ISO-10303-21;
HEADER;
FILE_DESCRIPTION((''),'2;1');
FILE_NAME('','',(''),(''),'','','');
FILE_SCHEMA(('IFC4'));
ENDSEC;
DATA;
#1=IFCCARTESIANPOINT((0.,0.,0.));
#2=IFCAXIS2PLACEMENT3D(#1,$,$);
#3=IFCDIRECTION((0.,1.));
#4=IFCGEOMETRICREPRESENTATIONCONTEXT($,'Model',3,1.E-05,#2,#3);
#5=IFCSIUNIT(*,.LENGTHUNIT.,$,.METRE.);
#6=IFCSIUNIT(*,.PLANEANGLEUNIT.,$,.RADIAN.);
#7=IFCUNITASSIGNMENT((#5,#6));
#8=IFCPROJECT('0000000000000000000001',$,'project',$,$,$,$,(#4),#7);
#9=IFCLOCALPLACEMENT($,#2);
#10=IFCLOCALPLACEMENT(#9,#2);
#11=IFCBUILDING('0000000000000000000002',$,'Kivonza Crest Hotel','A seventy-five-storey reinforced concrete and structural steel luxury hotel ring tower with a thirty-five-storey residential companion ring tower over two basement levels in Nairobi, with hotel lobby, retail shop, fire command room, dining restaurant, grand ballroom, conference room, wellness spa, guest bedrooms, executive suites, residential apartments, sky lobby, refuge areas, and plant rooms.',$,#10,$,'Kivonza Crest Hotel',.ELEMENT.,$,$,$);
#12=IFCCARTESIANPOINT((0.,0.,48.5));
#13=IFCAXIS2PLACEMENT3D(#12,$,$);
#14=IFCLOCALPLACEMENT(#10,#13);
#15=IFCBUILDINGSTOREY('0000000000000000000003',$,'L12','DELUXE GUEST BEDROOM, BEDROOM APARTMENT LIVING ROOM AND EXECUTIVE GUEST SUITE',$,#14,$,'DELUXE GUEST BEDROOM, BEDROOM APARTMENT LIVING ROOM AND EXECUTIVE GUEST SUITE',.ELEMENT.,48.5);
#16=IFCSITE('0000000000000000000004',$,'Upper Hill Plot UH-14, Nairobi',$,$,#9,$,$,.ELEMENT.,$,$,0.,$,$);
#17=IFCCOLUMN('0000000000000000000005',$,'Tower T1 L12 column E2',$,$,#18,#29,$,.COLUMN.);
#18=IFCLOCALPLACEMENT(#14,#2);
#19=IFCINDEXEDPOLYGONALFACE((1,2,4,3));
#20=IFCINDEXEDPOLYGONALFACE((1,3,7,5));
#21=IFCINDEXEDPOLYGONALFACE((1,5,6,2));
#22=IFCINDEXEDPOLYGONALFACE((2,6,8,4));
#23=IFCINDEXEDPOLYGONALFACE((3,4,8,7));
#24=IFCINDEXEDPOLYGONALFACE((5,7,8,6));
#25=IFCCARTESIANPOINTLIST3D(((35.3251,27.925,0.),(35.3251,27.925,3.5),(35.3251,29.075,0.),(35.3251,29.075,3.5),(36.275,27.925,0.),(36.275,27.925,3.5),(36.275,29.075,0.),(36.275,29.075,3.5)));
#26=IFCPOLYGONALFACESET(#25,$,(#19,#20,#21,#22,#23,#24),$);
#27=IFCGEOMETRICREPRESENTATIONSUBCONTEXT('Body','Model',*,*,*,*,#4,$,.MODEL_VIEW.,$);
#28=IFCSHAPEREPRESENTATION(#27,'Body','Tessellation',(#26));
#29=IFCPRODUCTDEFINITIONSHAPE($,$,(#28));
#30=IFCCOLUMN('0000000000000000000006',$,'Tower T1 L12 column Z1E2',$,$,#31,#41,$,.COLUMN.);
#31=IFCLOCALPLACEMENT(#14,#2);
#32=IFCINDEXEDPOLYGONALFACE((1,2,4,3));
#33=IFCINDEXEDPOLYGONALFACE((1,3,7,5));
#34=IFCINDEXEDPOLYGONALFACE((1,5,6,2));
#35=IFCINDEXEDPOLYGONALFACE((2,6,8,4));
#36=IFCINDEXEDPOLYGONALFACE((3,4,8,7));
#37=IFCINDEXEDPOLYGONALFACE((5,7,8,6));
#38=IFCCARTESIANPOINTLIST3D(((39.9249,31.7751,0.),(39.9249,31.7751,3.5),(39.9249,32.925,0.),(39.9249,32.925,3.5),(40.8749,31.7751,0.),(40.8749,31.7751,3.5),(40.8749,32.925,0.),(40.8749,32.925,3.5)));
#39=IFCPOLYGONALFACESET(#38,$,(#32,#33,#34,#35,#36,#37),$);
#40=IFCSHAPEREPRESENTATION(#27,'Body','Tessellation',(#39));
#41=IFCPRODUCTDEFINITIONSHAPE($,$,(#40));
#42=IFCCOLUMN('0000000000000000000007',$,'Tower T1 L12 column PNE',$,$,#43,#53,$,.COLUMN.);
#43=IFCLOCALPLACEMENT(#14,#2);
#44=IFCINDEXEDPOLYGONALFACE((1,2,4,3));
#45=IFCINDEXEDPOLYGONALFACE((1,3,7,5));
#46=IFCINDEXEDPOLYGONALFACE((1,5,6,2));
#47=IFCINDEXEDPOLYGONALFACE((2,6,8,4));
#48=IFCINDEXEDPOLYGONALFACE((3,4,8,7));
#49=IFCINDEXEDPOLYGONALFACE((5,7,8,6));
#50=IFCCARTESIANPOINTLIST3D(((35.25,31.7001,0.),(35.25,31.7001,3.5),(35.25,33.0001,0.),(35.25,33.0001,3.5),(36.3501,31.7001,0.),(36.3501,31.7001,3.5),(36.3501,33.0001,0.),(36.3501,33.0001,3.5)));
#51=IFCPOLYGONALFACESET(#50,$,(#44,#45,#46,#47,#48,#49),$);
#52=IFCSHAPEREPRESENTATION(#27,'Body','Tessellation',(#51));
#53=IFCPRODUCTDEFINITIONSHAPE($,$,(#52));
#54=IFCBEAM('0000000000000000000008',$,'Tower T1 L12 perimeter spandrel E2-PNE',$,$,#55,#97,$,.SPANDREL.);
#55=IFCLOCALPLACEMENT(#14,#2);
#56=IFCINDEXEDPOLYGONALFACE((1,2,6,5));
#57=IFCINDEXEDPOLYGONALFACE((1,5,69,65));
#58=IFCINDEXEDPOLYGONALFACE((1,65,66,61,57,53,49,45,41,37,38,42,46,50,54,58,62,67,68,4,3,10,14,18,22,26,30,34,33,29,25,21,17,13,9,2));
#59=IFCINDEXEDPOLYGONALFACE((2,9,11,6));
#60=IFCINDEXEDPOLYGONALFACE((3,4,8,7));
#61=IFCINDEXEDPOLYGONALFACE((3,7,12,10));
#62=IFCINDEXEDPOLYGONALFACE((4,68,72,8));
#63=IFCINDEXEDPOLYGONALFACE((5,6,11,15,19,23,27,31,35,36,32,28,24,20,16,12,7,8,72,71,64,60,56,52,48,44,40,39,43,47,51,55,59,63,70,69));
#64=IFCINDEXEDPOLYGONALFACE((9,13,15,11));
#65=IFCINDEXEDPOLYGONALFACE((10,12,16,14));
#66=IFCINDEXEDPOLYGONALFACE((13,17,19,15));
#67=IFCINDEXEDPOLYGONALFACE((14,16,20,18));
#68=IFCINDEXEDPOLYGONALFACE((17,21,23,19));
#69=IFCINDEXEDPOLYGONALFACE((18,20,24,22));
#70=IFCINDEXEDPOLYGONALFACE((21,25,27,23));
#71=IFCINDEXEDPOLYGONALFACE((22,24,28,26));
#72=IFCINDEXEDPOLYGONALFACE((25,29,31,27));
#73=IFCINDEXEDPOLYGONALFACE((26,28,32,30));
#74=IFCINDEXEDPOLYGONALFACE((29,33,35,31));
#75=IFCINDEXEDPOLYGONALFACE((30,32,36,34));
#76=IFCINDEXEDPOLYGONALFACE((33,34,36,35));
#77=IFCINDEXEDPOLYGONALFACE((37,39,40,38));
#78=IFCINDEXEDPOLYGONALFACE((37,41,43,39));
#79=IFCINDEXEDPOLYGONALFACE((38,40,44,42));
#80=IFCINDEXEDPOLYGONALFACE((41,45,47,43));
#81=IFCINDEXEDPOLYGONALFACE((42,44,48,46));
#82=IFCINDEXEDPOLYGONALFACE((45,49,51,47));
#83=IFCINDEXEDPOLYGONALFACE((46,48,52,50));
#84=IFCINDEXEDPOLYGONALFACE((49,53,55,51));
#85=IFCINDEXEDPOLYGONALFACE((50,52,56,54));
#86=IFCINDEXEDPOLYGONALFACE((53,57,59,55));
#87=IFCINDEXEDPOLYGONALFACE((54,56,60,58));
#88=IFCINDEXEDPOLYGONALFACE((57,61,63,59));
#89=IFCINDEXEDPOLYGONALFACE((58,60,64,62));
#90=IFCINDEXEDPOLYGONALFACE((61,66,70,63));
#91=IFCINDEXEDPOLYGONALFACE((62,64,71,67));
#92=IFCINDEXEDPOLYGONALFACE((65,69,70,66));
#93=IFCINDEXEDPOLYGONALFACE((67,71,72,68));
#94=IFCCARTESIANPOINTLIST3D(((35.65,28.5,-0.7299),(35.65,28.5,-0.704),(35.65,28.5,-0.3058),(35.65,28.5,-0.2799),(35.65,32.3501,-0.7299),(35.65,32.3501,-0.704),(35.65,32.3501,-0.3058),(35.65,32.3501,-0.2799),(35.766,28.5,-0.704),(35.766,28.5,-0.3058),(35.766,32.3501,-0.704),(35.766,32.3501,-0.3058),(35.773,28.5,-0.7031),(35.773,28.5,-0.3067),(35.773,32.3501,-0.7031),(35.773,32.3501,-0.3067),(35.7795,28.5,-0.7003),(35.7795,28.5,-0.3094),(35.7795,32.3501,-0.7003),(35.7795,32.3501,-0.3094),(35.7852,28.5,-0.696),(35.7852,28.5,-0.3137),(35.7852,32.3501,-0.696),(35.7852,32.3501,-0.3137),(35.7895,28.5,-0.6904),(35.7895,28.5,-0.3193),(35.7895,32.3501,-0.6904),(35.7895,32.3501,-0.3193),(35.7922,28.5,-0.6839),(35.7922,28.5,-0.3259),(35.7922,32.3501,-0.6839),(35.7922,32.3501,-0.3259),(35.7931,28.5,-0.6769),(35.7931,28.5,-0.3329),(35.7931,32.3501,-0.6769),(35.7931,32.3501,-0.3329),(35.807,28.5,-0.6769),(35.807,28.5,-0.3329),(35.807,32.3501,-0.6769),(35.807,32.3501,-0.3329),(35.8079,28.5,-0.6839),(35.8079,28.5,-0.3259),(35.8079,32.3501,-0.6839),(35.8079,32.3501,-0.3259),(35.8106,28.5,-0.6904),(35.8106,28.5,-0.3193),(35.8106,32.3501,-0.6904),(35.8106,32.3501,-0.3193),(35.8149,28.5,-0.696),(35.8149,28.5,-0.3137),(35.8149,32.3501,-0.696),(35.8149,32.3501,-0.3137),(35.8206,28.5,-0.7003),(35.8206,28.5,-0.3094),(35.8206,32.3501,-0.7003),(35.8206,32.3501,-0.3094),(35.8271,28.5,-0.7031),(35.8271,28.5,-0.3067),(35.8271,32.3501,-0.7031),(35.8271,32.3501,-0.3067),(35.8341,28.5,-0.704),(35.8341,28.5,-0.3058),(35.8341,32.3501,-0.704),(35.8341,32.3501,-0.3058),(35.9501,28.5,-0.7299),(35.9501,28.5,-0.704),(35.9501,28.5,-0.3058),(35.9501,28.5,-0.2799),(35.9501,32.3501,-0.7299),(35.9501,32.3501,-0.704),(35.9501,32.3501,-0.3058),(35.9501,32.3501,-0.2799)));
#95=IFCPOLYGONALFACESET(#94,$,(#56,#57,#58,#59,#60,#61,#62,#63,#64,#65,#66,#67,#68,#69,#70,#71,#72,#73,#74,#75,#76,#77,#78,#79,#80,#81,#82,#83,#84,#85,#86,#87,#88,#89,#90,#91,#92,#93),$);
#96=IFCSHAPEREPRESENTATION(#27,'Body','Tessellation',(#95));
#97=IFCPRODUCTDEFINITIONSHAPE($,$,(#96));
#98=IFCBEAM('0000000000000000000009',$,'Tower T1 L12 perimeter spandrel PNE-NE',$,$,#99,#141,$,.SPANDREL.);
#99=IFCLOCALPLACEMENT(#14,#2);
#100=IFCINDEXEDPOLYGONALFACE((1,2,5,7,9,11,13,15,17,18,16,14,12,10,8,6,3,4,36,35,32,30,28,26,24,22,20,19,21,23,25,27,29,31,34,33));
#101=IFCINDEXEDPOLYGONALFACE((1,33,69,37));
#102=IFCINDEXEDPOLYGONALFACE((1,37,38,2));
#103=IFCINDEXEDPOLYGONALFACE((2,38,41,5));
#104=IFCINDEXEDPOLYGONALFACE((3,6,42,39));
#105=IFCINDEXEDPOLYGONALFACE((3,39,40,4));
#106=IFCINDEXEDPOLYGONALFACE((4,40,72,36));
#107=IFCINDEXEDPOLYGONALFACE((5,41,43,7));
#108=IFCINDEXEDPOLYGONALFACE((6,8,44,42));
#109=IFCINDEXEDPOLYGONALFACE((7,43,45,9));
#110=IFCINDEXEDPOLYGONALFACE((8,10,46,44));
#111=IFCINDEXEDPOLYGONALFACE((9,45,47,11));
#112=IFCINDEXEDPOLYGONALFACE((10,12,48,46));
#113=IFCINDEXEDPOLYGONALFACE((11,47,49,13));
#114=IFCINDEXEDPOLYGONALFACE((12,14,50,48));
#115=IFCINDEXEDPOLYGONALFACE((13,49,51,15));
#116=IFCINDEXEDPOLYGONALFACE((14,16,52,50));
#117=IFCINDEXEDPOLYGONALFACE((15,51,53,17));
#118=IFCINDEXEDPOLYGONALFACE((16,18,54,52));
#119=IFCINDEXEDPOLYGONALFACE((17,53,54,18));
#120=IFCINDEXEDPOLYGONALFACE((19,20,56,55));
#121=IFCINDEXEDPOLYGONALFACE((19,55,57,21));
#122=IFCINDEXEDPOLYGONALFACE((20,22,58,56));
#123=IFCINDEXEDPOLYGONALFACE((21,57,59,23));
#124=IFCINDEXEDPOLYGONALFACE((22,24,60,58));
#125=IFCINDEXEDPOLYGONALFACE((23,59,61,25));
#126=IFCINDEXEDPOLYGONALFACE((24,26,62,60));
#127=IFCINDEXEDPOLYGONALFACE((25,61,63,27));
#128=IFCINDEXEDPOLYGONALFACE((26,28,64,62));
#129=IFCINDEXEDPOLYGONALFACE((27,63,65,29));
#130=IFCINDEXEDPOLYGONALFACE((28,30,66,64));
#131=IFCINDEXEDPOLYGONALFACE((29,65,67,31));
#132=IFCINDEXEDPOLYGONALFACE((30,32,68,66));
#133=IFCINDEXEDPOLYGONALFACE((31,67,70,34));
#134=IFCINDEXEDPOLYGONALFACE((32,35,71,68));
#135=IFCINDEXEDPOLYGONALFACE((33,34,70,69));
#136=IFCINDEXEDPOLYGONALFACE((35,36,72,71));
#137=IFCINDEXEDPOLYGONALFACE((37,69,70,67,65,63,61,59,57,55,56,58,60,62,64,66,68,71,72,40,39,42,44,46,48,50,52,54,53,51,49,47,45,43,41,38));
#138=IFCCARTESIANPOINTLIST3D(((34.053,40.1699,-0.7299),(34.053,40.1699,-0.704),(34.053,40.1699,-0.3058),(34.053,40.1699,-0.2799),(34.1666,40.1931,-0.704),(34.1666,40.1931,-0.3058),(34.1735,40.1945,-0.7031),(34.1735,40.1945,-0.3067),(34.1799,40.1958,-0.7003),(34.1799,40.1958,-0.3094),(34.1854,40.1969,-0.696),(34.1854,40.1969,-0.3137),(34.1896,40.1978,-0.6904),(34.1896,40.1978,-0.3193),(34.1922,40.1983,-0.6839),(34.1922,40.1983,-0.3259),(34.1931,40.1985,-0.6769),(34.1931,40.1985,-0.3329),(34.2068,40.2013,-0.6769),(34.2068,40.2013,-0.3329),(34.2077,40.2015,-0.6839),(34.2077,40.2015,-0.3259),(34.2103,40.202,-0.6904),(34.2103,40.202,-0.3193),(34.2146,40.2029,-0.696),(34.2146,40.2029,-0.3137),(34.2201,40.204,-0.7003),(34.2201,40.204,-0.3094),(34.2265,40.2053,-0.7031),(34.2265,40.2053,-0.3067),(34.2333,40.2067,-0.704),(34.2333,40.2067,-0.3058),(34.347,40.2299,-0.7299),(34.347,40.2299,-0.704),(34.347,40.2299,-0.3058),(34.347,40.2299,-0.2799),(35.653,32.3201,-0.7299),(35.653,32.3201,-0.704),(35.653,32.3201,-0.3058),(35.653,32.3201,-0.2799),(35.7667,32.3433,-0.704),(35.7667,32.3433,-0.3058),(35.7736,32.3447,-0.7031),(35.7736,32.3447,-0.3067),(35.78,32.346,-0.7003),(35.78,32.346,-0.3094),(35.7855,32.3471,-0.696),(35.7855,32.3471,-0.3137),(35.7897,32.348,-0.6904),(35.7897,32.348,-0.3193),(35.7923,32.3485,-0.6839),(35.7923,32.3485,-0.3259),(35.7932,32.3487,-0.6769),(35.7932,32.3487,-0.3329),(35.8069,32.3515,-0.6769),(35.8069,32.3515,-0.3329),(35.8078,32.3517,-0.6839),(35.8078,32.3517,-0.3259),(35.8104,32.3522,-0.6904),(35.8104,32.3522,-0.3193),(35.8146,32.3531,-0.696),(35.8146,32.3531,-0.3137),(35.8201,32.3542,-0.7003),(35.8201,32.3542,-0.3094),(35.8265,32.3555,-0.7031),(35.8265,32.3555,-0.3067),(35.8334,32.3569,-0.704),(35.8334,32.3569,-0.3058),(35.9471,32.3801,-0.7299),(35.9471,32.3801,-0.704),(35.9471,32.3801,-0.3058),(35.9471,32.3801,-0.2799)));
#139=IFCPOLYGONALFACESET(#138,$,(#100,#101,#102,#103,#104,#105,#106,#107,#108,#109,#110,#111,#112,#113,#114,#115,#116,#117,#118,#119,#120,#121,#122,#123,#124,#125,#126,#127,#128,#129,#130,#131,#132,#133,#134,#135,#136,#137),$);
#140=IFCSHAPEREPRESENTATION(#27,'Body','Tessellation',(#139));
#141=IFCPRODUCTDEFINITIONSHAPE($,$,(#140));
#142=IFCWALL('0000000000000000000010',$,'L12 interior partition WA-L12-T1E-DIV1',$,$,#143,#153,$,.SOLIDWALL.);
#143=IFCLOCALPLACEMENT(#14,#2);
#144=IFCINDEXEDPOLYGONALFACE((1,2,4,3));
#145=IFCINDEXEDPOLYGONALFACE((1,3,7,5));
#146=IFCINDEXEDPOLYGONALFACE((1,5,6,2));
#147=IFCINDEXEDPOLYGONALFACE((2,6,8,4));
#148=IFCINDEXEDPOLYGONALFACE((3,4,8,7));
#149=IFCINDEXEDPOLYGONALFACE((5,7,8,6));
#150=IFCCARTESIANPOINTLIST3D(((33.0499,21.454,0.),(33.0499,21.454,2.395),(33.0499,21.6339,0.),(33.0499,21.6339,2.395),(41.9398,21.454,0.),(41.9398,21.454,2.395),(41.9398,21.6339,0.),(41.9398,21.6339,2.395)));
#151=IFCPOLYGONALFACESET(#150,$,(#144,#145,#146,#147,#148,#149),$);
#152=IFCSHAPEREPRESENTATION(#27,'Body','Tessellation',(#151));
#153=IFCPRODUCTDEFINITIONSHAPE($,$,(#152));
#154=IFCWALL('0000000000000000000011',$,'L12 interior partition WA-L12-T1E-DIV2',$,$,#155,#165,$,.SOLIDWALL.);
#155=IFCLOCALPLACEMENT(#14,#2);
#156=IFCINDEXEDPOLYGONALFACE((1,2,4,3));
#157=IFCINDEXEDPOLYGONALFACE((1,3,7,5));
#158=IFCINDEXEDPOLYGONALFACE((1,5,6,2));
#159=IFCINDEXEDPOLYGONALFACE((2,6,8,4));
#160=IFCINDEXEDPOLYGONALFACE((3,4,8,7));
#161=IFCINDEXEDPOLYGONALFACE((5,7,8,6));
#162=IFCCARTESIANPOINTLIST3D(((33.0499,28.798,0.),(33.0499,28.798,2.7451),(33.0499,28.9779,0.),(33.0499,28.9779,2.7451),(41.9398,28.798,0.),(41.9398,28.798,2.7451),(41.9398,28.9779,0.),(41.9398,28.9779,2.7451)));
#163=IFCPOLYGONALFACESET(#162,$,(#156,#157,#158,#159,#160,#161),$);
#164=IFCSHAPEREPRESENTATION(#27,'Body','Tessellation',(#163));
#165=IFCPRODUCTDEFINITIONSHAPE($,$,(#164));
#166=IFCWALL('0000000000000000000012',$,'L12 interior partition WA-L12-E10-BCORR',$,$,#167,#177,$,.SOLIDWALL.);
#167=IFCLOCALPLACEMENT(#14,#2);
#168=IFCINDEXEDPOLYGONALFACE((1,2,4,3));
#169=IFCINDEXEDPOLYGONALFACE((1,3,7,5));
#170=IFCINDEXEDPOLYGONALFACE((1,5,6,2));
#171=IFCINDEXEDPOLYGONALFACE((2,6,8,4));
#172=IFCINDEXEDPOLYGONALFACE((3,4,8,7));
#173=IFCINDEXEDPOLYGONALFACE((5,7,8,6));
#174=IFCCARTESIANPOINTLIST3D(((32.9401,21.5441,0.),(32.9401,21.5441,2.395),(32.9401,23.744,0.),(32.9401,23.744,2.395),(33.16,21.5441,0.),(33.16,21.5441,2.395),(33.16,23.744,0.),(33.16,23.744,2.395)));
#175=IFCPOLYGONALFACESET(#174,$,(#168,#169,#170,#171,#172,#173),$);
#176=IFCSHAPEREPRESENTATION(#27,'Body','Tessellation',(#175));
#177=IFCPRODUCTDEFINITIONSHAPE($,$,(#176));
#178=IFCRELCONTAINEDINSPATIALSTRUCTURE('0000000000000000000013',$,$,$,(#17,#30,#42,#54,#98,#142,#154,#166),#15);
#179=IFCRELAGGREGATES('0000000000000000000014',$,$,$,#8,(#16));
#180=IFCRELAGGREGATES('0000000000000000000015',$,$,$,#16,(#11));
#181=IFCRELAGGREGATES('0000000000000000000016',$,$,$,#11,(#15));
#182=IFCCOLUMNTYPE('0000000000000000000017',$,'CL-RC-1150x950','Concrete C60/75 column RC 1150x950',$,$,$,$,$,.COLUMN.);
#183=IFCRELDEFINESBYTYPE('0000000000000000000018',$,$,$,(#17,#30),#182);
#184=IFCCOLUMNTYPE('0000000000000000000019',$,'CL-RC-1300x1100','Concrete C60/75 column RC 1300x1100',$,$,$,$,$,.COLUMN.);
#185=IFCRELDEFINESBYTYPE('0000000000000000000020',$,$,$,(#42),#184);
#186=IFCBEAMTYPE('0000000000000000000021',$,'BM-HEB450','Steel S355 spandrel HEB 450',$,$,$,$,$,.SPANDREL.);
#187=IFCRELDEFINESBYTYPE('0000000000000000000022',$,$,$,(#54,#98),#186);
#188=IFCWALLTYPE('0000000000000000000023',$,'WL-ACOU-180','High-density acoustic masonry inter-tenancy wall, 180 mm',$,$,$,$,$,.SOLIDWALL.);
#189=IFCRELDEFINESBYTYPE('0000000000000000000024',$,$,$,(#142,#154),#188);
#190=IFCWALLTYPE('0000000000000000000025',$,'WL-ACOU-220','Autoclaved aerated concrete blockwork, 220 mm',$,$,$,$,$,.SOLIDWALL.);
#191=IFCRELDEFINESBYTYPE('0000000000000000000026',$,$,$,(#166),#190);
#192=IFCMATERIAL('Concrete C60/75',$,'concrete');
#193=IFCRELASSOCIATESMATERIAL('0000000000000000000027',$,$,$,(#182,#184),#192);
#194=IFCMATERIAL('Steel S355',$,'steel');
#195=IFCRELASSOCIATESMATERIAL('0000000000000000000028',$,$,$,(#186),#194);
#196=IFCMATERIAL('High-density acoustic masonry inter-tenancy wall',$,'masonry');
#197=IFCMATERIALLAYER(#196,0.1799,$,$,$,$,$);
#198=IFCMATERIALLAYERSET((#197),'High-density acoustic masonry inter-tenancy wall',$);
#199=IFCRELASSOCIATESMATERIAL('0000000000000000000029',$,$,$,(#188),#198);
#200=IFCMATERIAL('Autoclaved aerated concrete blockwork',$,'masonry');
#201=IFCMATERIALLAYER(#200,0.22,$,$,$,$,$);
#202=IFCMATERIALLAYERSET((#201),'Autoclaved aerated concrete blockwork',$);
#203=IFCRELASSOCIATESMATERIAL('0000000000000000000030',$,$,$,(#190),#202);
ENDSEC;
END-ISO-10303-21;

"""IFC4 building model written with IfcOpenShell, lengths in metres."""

from ifc_helpers import new_model, si_unit, direction, frame, frame_2d, origin, origin_2d, place, context, subcontext, project, spatial, rectangle, i_section, extrude, material, layer, layer_set, material_profile, profile_set, type_object, element, save


model = new_model("IFC4")

# Units and contexts
model_context = context("Model", 3, precision=1e-05, world=origin(), true_north=direction((0.0, 1.0)))
body_context = subcontext(model_context, "Body", "Model", "MODEL_VIEW")
ifc_project = project(units=[si_unit("LENGTHUNIT", "METRE"), si_unit("PLANEANGLEUNIT", "RADIAN")], contexts=[model_context])

# Site, building, storey
site_placement = place(None, origin())
site = spatial("IfcSite", under=ifc_project, at=site_placement, Name="Upper Hill Plot UH-14, Nairobi", CompositionType="ELEMENT", RefElevation=0.0)
building_placement = place(site_placement, origin())
building = spatial("IfcBuilding", under=site, at=building_placement, Name="Kivonza Crest Hotel", Description="A seventy-five-storey reinforced concrete and structural steel luxury hotel ring tower with a thirty-five-storey residential companion ring tower over two basement levels in Nairobi, with hotel lobby, retail shop, fire command room, dining restaurant, grand ballroom, conference room, wellness spa, guest bedrooms, executive suites, residential apartments, sky lobby, refuge areas, and plant rooms.", LongName="Kivonza Crest Hotel", CompositionType="ELEMENT")
storey_placement = place(building_placement, frame((0.0, 0.0, 48.5)))
storey = spatial("IfcBuildingStorey", under=building, at=storey_placement, Name="L12", Description="DELUXE GUEST BEDROOM, BEDROOM APARTMENT LIVING ROOM AND EXECUTIVE GUEST SUITE", LongName="DELUXE GUEST BEDROOM, BEDROOM APARTMENT LIVING ROOM AND EXECUTIVE GUEST SUITE", CompositionType="ELEMENT", Elevation=48.5)

# Columns
ifc_material_1 = material(Name="Concrete C60/75", Category="concrete")
ifc_material_profile_1 = material_profile(ifc_material_1, rectangle(XDim=0.95, YDim=1.1499, at=origin_2d()), Name="RC 1150x950")
ifc_profile_set_1 = profile_set([ifc_material_profile_1], Name="Concrete C60/75")
column_type_1 = type_object("IfcColumnType", Name="CL-RC-1150x950", Description="Concrete C60/75 column RC 1150x950", PredefinedType="COLUMN", material=ifc_profile_set_1)
for number, where, z_axis, x_axis, name in (
    (1, (35.8, 28.5, 0.0), (0.0, 0.0, 1.0), (1.0, 0.0, 0.0), "Tower T1 L12 column E2"),
    (2, (40.3999, 32.3501, 0.0), (0.0, 0.0, 1.0), (1.0, 0.0, 0.0), "Tower T1 L12 column Z1E2"),
):
    element("IfcColumn", number, at=place(storey_placement, frame(where, z_axis=z_axis, x_axis=x_axis)), inside=storey, type_object=column_type_1, Name=name, PredefinedType="COLUMN", context=body_context, shape_type="SweptSolid", body=[
        extrude(rectangle(XDim=0.95, YDim=1.1499, at=origin_2d()), origin(), (0.0, 0.0, 1.0), 3.5),
    ])
ifc_material_profile_2 = material_profile(ifc_material_1, rectangle(XDim=1.1001, YDim=1.3, at=origin_2d()), Name="RC 1300x1100")
ifc_profile_set_2 = profile_set([ifc_material_profile_2], Name="Concrete C60/75")
column_type_2 = type_object("IfcColumnType", Name="CL-RC-1300x1100", Description="Concrete C60/75 column RC 1300x1100", PredefinedType="COLUMN", material=ifc_profile_set_2)
column_placement = place(storey_placement, frame((35.8, 32.3501, 0.0), z_axis=(0.0, 0.0, 1.0), x_axis=(1.0, 0.0, 0.0)))
element("IfcColumn", 3, at=column_placement, inside=storey, type_object=column_type_2, Name="Tower T1 L12 column PNE", PredefinedType="COLUMN", context=body_context, shape_type="SweptSolid", body=[
    extrude(rectangle(XDim=1.1001, YDim=1.3, at=origin_2d()), origin(), (0.0, 0.0, 1.0), 3.5),
])

# Beams
ifc_material_2 = material(Name="Steel S355", Category="steel")
ifc_material_profile_3 = material_profile(ifc_material_2, i_section(OverallWidth=0.3, OverallDepth=0.45, WebThickness=0.0139, FlangeThickness=0.0259, FilletRadius=0.0271, at=origin_2d()), Name="HEB 450")
ifc_profile_set_3 = profile_set([ifc_material_profile_3], Name="Steel S355")
beam_type = type_object("IfcBeamType", Name="BM-HEB450", Description="Steel S355 spandrel HEB 450", PredefinedType="SPANDREL", material=ifc_profile_set_3)
beam_1_placement = place(storey_placement, frame((35.8, 28.5, -0.5049), z_axis=(0.0, 1.0, 0.0), x_axis=(-1.0, 0.0, 0.0)))
element("IfcBeam", 4, at=beam_1_placement, inside=storey, type_object=beam_type, Name="Tower T1 L12 perimeter spandrel E2-PNE", PredefinedType="SPANDREL", context=body_context, shape_type="SweptSolid", body=[
    extrude(i_section(OverallWidth=0.3, OverallDepth=0.45, WebThickness=0.0139, FlangeThickness=0.0259, FilletRadius=0.0271, at=origin_2d()), origin(), (0.0, 0.0, 1.0), 3.8501),
])
beam_2_placement = place(storey_placement, frame((35.8, 32.3501, -0.5049), z_axis=(-0.199731, 0.979851, 0.0), x_axis=(-0.979851, -0.199731, 0.0)))
element("IfcBeam", 5, at=beam_2_placement, inside=storey, type_object=beam_type, Name="Tower T1 L12 perimeter spandrel PNE-NE", PredefinedType="SPANDREL", context=body_context, shape_type="SweptSolid", body=[
    extrude(i_section(OverallWidth=0.3, OverallDepth=0.45, WebThickness=0.0139, FlangeThickness=0.0259, FilletRadius=0.0271, at=origin_2d()), origin(), (0.0, 0.0, 1.0), 8.0112),
])

# Walls
ifc_material_3 = material(Name="High-density acoustic masonry inter-tenancy wall", Category="masonry")
ifc_layer_1 = layer(ifc_material_3, 0.1799)
ifc_layer_set_1 = layer_set([ifc_layer_1], Name="High-density acoustic masonry inter-tenancy wall")
wall_type_1 = type_object("IfcWallType", Name="WL-ACOU-180", Description="High-density acoustic masonry inter-tenancy wall, 180 mm", PredefinedType="SOLIDWALL", material=ifc_layer_set_1)
wall_1_placement = place(storey_placement, frame((33.05, 21.5439, 0.0), z_axis=(0.0, 0.0, 1.0), x_axis=(1.0, 0.0, 0.0)))
element("IfcWall", 6, at=wall_1_placement, inside=storey, type_object=wall_type_1, Name="L12 interior partition WA-L12-T1E-DIV1", PredefinedType="SOLIDWALL", context=body_context, shape_type="SweptSolid", body=[
    extrude(rectangle(XDim=8.8899, YDim=0.1799, at=frame_2d((4.4448, 0.0))), origin(), (0.0, 0.0, 1.0), 2.395),
])
wall_2_placement = place(storey_placement, frame((33.05, 28.8879, 0.0), z_axis=(0.0, 0.0, 1.0), x_axis=(1.0, 0.0, 0.0)))
element("IfcWall", 7, at=wall_2_placement, inside=storey, type_object=wall_type_1, Name="L12 interior partition WA-L12-T1E-DIV2", PredefinedType="SOLIDWALL", context=body_context, shape_type="SweptSolid", body=[
    extrude(rectangle(XDim=8.8899, YDim=0.1799, at=frame_2d((4.4448, 0.0))), origin(), (0.0, 0.0, 1.0), 2.7451),
])
ifc_material_4 = material(Name="Autoclaved aerated concrete blockwork", Category="masonry")
ifc_layer_2 = layer(ifc_material_4, 0.22)
ifc_layer_set_2 = layer_set([ifc_layer_2], Name="Autoclaved aerated concrete blockwork")
wall_type_2 = type_object("IfcWallType", Name="WL-ACOU-220", Description="Autoclaved aerated concrete blockwork, 220 mm", PredefinedType="SOLIDWALL", material=ifc_layer_set_2)
wall_3_placement = place(storey_placement, frame((33.05, 21.5439, 0.0), z_axis=(0.0, 0.0, 1.0), x_axis=(0.0, 1.0, 0.0)))
element("IfcWall", 8, at=wall_3_placement, inside=storey, type_object=wall_type_2, Name="L12 interior partition WA-L12-E10-BCORR", PredefinedType="SOLIDWALL", context=body_context, shape_type="SweptSolid", body=[
    extrude(rectangle(XDim=2.2, YDim=0.22, at=frame_2d((1.1001, 0.0))), origin(), (0.0, 0.0, 1.0), 2.395),
])

save(model, "model.ifc")
